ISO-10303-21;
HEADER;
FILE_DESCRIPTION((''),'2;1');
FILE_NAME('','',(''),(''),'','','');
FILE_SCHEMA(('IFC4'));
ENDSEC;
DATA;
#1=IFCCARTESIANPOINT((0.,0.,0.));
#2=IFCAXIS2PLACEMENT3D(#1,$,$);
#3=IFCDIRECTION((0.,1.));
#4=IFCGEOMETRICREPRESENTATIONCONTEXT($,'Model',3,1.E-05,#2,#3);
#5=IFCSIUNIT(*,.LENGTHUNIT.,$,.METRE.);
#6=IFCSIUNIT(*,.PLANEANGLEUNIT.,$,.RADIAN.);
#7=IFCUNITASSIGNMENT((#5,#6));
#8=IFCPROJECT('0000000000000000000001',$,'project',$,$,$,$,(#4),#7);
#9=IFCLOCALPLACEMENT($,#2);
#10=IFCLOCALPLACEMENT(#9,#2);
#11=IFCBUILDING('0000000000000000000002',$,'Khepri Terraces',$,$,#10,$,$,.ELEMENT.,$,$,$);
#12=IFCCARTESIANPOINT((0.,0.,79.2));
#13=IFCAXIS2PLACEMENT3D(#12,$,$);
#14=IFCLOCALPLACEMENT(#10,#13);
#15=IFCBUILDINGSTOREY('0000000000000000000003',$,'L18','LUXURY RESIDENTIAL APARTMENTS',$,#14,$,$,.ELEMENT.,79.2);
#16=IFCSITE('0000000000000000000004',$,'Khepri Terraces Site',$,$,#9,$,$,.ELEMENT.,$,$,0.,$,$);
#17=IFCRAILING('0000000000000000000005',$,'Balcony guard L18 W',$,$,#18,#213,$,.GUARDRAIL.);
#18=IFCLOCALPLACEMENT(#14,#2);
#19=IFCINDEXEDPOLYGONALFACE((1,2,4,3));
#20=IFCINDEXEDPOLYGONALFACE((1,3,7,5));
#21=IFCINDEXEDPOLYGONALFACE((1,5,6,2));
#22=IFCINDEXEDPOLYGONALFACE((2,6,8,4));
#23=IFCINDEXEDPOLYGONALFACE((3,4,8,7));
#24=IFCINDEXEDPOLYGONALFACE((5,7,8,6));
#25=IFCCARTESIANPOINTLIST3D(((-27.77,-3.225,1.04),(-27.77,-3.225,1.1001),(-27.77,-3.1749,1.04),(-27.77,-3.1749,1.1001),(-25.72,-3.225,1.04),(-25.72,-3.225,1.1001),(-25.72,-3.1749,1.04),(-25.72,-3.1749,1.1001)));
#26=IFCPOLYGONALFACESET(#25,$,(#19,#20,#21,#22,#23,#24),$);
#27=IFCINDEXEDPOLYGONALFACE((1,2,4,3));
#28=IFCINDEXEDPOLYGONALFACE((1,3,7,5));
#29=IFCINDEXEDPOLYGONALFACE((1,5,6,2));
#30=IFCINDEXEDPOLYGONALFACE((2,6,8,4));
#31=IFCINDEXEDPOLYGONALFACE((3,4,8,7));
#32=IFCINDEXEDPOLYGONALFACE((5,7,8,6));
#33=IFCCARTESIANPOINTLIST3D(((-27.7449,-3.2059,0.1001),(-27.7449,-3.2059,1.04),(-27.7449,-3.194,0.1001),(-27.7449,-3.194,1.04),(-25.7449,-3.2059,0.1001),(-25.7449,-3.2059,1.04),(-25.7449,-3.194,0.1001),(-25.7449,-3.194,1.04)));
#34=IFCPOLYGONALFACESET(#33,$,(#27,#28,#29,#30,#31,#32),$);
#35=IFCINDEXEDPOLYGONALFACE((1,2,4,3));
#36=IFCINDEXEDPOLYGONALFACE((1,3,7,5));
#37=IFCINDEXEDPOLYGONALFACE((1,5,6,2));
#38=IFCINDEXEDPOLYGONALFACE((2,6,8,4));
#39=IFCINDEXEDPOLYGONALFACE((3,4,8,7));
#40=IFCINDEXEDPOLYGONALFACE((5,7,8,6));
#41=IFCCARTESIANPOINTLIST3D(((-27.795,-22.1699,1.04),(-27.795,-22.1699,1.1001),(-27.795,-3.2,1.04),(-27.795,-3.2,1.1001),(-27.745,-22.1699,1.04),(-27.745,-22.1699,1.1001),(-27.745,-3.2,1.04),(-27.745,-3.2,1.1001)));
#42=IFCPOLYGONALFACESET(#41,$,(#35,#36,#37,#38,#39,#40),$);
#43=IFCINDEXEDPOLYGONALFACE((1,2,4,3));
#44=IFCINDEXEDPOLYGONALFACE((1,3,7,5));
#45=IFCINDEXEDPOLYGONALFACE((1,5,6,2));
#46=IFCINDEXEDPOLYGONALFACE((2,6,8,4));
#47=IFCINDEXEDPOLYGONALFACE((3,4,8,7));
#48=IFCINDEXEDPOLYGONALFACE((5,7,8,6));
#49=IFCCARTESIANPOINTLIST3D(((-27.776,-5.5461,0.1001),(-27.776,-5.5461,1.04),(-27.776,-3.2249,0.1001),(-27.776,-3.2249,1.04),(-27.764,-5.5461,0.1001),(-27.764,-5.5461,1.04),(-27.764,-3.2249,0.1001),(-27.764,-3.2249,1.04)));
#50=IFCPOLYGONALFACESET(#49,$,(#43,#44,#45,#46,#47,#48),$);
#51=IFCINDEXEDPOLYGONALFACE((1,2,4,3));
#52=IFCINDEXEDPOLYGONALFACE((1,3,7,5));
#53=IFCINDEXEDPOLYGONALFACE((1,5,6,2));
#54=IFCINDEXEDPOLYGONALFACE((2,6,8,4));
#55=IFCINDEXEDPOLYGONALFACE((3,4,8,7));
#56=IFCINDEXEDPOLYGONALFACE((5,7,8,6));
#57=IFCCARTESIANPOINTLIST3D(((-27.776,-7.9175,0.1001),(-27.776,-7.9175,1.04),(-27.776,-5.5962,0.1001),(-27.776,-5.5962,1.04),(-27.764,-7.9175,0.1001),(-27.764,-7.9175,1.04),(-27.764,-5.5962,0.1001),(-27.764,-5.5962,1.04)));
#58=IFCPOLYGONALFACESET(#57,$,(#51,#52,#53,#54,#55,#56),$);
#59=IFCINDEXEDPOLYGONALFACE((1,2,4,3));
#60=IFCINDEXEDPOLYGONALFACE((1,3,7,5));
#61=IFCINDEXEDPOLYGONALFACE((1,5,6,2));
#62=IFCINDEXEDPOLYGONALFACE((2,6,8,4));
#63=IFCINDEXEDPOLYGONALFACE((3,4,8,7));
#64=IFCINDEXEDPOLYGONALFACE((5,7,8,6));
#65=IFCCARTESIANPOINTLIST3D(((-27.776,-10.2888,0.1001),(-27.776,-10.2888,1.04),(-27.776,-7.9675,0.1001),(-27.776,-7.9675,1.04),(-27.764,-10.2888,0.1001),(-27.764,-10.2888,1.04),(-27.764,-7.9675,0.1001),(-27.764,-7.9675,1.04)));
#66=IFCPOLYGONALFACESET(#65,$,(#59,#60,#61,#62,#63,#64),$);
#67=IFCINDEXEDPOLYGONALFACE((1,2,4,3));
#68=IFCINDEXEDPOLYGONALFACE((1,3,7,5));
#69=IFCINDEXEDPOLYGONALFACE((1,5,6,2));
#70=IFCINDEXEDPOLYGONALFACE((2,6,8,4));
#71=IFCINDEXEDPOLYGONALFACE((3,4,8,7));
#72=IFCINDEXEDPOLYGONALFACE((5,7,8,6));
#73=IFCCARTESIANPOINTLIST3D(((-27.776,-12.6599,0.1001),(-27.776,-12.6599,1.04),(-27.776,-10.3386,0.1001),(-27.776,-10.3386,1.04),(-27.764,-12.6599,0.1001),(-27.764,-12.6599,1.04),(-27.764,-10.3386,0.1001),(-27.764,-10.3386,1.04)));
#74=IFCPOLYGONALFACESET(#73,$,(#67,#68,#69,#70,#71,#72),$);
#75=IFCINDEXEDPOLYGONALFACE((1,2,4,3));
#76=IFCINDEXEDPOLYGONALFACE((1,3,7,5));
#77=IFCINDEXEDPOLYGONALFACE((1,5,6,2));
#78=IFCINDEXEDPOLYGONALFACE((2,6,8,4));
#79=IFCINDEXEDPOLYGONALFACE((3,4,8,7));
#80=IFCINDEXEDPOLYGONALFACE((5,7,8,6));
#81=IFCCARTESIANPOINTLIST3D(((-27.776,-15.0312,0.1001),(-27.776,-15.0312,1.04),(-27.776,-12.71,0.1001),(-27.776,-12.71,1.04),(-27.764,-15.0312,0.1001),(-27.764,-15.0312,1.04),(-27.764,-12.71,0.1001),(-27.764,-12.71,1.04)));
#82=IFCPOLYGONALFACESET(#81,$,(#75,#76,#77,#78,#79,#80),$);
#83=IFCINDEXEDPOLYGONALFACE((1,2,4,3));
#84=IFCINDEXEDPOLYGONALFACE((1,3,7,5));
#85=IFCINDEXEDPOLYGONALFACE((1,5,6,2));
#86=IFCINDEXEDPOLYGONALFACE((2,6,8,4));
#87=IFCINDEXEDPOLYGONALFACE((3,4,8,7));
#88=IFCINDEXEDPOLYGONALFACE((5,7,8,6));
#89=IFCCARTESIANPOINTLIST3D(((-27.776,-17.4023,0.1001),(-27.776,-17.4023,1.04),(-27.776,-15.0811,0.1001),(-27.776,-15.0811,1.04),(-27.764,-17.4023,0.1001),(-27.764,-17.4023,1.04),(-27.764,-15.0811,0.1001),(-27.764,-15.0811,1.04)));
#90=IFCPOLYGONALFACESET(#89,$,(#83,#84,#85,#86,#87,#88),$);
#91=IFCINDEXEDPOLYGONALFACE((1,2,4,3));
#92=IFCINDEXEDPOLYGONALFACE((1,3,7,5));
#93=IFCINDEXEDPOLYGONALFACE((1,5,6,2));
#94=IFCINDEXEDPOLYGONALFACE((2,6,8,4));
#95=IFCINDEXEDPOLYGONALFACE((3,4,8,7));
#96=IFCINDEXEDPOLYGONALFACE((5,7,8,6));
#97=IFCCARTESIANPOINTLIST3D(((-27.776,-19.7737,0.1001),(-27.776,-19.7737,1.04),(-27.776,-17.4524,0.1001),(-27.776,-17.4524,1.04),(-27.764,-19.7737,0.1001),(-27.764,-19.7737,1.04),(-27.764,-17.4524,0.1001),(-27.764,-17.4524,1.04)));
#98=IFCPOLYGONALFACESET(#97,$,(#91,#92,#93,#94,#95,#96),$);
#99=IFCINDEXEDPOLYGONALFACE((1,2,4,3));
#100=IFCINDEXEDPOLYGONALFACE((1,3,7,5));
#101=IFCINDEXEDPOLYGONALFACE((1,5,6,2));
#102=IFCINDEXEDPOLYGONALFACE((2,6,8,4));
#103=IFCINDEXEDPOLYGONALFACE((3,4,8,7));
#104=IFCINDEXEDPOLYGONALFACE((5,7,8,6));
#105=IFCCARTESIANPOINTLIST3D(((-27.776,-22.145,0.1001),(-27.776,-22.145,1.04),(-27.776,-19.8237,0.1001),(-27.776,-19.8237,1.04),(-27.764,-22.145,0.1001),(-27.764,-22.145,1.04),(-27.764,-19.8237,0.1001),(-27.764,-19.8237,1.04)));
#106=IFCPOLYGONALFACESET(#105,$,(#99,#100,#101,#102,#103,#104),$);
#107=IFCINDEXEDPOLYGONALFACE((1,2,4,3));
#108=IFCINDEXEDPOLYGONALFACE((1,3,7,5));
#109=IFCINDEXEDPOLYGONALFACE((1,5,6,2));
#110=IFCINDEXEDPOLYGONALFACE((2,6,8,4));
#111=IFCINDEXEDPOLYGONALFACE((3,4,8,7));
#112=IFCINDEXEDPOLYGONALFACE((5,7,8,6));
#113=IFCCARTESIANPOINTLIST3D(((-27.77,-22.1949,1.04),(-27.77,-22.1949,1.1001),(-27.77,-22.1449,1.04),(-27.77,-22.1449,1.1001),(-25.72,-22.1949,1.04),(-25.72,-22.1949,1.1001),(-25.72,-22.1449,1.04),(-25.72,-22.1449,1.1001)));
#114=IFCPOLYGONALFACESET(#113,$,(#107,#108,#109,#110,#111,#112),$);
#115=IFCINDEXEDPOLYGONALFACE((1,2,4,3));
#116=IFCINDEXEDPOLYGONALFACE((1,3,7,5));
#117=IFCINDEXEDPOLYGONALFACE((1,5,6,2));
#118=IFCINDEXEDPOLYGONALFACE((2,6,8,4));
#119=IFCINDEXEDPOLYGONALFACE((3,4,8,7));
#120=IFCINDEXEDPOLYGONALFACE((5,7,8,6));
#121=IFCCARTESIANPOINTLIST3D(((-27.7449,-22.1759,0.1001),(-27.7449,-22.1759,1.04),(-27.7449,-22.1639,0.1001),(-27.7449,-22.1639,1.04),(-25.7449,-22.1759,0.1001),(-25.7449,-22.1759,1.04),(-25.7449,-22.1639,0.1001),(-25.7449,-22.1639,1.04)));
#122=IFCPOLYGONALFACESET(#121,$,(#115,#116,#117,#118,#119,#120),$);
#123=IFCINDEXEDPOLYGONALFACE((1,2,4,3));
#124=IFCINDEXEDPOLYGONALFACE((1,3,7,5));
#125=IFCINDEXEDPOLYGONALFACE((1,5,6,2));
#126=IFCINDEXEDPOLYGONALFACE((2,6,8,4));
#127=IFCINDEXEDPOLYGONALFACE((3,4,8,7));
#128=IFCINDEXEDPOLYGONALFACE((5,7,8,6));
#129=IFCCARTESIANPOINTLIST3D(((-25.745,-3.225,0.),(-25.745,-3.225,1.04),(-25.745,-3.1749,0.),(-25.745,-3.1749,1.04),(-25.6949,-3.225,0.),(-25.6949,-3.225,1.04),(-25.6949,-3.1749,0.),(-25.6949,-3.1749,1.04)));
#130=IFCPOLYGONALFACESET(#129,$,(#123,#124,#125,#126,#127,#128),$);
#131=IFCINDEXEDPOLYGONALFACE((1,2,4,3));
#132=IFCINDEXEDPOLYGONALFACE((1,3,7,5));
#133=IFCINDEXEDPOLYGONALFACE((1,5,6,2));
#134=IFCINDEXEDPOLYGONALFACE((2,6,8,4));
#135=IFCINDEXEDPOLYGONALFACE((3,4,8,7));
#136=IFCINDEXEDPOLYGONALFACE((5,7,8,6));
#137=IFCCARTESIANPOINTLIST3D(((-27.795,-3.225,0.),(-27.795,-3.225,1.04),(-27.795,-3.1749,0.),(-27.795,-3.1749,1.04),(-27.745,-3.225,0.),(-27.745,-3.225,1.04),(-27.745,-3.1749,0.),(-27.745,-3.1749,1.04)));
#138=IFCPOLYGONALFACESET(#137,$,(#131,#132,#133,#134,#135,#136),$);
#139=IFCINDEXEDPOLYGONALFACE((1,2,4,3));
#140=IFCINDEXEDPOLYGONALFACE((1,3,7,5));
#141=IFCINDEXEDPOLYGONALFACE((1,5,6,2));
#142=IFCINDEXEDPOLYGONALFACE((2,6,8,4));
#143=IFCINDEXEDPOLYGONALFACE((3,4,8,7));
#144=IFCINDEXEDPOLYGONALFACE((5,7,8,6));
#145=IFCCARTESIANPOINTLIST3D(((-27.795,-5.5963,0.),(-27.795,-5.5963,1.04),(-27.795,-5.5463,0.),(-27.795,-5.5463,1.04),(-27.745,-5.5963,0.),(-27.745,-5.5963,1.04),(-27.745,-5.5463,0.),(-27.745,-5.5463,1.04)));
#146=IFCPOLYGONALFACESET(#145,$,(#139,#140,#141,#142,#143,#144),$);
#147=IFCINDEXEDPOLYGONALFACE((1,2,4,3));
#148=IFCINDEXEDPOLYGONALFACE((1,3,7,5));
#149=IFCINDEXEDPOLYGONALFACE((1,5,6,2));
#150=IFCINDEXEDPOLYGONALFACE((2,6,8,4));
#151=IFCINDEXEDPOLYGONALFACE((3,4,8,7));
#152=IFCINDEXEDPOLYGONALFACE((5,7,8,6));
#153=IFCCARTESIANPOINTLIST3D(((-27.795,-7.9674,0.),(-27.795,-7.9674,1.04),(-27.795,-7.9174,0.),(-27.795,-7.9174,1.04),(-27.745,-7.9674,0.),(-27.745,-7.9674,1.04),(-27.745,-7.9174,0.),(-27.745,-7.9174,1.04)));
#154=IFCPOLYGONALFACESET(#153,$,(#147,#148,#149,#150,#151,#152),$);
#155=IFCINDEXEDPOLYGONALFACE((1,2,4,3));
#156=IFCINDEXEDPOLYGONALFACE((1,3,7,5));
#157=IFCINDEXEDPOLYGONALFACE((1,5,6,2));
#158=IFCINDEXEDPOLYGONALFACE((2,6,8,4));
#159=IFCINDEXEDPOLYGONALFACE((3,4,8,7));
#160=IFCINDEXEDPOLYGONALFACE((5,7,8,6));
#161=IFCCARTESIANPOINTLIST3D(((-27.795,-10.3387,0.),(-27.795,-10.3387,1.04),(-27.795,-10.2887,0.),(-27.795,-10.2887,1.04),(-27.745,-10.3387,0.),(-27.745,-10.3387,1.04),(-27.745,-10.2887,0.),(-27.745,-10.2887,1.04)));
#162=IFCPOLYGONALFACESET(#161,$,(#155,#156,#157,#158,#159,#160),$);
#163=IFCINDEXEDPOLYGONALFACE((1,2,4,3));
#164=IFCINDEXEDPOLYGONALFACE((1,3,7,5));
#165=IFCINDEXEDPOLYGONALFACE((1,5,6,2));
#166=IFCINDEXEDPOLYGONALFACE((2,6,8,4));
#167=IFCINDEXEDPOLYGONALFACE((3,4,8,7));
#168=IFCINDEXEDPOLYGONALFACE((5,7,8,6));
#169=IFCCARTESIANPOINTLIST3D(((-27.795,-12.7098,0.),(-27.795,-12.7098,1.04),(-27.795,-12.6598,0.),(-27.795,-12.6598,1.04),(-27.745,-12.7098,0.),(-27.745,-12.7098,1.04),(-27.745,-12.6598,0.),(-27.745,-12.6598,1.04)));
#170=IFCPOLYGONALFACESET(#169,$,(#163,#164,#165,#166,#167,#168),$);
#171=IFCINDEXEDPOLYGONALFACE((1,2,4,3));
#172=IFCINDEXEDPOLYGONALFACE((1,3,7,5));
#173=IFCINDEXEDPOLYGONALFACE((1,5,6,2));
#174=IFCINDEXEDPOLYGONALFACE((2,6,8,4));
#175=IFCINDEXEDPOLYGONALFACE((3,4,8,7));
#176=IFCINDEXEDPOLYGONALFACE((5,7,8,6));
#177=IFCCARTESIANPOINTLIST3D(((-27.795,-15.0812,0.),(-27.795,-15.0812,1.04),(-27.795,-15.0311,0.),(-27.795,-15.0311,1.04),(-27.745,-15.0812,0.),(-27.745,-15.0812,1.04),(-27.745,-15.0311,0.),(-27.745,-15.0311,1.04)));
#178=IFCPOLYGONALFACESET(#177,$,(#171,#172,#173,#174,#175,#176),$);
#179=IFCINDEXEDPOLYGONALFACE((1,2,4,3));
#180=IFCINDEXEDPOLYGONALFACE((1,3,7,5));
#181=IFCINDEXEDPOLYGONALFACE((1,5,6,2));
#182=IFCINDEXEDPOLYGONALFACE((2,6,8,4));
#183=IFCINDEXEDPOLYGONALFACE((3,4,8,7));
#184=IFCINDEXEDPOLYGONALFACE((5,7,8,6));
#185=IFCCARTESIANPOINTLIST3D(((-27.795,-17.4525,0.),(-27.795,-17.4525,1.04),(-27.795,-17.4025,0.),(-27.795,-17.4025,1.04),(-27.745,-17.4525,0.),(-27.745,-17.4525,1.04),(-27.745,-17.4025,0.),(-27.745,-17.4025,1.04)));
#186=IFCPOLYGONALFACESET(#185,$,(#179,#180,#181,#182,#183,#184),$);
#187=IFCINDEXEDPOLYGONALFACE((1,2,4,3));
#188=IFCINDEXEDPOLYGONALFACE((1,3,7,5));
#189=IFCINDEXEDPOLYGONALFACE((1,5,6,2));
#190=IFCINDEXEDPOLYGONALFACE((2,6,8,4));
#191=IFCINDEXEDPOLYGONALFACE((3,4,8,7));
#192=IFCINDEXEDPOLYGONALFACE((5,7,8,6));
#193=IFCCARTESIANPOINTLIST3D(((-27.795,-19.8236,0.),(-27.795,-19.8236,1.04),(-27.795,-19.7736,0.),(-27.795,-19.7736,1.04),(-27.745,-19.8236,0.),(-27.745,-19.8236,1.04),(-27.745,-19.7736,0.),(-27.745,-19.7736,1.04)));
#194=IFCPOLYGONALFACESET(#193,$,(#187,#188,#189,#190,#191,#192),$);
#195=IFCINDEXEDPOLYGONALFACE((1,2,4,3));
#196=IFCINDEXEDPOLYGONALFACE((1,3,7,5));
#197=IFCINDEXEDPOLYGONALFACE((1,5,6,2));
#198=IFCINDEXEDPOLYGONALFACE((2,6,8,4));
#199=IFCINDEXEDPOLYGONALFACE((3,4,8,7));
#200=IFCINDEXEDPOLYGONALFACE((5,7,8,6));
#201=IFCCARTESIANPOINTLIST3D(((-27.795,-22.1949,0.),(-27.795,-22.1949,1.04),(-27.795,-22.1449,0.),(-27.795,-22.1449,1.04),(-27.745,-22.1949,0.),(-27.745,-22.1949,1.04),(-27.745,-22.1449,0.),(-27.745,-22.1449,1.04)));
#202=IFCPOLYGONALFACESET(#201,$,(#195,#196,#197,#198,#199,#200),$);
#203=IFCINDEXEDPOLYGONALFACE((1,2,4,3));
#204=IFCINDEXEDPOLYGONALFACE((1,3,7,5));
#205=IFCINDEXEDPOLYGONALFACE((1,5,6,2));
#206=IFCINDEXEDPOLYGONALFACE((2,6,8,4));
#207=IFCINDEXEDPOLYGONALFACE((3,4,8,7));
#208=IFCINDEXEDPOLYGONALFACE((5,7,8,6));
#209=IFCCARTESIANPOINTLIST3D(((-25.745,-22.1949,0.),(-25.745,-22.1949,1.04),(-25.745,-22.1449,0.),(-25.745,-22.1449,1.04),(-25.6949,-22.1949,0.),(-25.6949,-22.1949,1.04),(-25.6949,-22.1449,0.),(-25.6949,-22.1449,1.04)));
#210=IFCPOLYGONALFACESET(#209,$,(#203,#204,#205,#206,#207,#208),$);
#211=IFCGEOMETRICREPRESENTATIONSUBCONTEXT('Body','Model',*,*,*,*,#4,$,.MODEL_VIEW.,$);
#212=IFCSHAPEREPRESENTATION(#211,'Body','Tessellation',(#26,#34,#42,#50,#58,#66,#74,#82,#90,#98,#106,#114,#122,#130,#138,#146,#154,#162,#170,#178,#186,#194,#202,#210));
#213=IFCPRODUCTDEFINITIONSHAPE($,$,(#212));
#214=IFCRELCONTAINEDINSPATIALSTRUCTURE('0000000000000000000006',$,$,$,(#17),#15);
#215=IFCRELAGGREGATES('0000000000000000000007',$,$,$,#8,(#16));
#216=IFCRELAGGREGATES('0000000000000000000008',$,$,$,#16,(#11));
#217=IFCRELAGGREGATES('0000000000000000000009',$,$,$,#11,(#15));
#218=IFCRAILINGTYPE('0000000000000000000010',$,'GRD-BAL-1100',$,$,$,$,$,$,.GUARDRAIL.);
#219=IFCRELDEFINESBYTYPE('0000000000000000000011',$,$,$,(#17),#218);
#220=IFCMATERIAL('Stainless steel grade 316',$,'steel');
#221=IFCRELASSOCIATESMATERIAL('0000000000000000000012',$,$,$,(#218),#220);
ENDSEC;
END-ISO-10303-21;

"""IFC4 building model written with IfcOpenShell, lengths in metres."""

from ifc_helpers import new_model, si_unit, direction, frame, origin, origin_2d, place, context, subcontext, project, spatial, rectangle, extrude, material, type_object, element, save


model = new_model("IFC4")

# Units and contexts
model_context = context("Model", 3, precision=1e-05, world=origin(), true_north=direction((0.0, 1.0)))
body_context = subcontext(model_context, "Body", "Model", "MODEL_VIEW")
ifc_project = project(units=[si_unit("LENGTHUNIT", "METRE"), si_unit("PLANEANGLEUNIT", "RADIAN")], contexts=[model_context])

# Site, building, storey
site_placement = place(None, origin())
site = spatial("IfcSite", under=ifc_project, at=site_placement, Name="Khepri Terraces Site", CompositionType="ELEMENT", RefElevation=0.0)
building_placement = place(site_placement, origin())
building = spatial("IfcBuilding", under=site, at=building_placement, Name="Khepri Terraces", CompositionType="ELEMENT")
storey_placement = place(building_placement, frame((0.0, 0.0, 79.2)))
storey = spatial("IfcBuildingStorey", under=building, at=storey_placement, Name="L18", Description="LUXURY RESIDENTIAL APARTMENTS", CompositionType="ELEMENT", Elevation=79.2)

# Railing
ifc_material_1 = material(Name="Stainless steel grade 316", Category="steel")
railing_type_1 = type_object("IfcRailingType", Name="GRD-BAL-1100", PredefinedType="GUARDRAIL", material=ifc_material_1)
railing_1_placement = place(storey_placement, frame((-25.72, -3.2, 0.0)))
element("IfcRailing", 1, at=railing_1_placement, inside=storey, type_object=railing_type_1, Name="Balcony guard L18 W", PredefinedType="GUARDRAIL", context=body_context, shape_type="SweptSolid", body=[
    extrude(rectangle(XDim=0.05, YDim=0.0601, at=origin_2d()), frame((0.0, 0.0, 1.0701), z_axis=(-1.0, 0.0, 0.0), x_axis=(0.0, -1.0, 0.0)), (0.0, 0.0, 1.0), 2.05),
    extrude(rectangle(XDim=2.0, YDim=0.012, at=origin_2d()), frame((-1.0249, 0.0, 0.1001), z_axis=(0.0, 0.0, 1.0), x_axis=(-1.0, 0.0, 0.0)), (0.0, 0.0, 1.0), 0.9399),
    extrude(rectangle(XDim=0.05, YDim=0.0601, at=origin_2d()), frame((-2.05, 0.0, 1.0701), z_axis=(0.0, -1.0, 0.0), x_axis=(1.0, 0.0, 0.0)), (0.0, 0.0, 1.0), 18.97),
    extrude(rectangle(XDim=2.3213, YDim=0.012, at=origin_2d()), frame((-2.05, -1.1855, 0.1001), z_axis=(0.0, 0.0, 1.0), x_axis=(0.0, -1.0, 0.0)), (0.0, 0.0, 1.0), 0.9399),
    extrude(rectangle(XDim=2.3213, YDim=0.012, at=origin_2d()), frame((-2.05, -3.5569, 0.1001), z_axis=(0.0, 0.0, 1.0), x_axis=(0.0, -1.0, 0.0)), (0.0, 0.0, 1.0), 0.9399),
    extrude(rectangle(XDim=2.3213, YDim=0.012, at=origin_2d()), frame((-2.05, -5.9282, 0.1001), z_axis=(0.0, 0.0, 1.0), x_axis=(0.0, -1.0, 0.0)), (0.0, 0.0, 1.0), 0.9399),
    extrude(rectangle(XDim=2.3213, YDim=0.012, at=origin_2d()), frame((-2.05, -8.2993, 0.1001), z_axis=(0.0, 0.0, 1.0), x_axis=(0.0, -1.0, 0.0)), (0.0, 0.0, 1.0), 0.9399),
    extrude(rectangle(XDim=2.3213, YDim=0.012, at=origin_2d()), frame((-2.05, -10.6707, 0.1001), z_axis=(0.0, 0.0, 1.0), x_axis=(0.0, -1.0, 0.0)), (0.0, 0.0, 1.0), 0.9399),
    extrude(rectangle(XDim=2.3213, YDim=0.012, at=origin_2d()), frame((-2.05, -13.0417, 0.1001), z_axis=(0.0, 0.0, 1.0), x_axis=(0.0, -1.0, 0.0)), (0.0, 0.0, 1.0), 0.9399),
    extrude(rectangle(XDim=2.3213, YDim=0.012, at=origin_2d()), frame((-2.05, -15.4131, 0.1001), z_axis=(0.0, 0.0, 1.0), x_axis=(0.0, -1.0, 0.0)), (0.0, 0.0, 1.0), 0.9399),
    extrude(rectangle(XDim=2.3213, YDim=0.012, at=origin_2d()), frame((-2.05, -17.7844, 0.1001), z_axis=(0.0, 0.0, 1.0), x_axis=(0.0, -1.0, 0.0)), (0.0, 0.0, 1.0), 0.9399),
    extrude(rectangle(XDim=0.05, YDim=0.0601, at=origin_2d()), frame((-2.05, -18.97, 1.0701), z_axis=(1.0, 0.0, 0.0), x_axis=(0.0, 1.0, 0.0)), (0.0, 0.0, 1.0), 2.05),
    extrude(rectangle(XDim=2.0, YDim=0.012, at=origin_2d()), frame((-1.0249, -18.97, 0.1001), z_axis=(0.0, 0.0, 1.0), x_axis=(1.0, 0.0, 0.0)), (0.0, 0.0, 1.0), 0.9399),
    extrude(rectangle(XDim=0.05, YDim=0.05, at=origin_2d()), origin(), (0.0, 0.0, 1.0), 1.04),
    extrude(rectangle(XDim=0.05, YDim=0.05, at=origin_2d()), frame((-2.05, 0.0, 0.0)), (0.0, 0.0, 1.0), 1.04),
    extrude(rectangle(XDim=0.05, YDim=0.05, at=origin_2d()), frame((-2.05, -2.3713, 0.0)), (0.0, 0.0, 1.0), 1.04),
    extrude(rectangle(XDim=0.05, YDim=0.05, at=origin_2d()), frame((-2.05, -4.7424, 0.0)), (0.0, 0.0, 1.0), 1.04),
    extrude(rectangle(XDim=0.05, YDim=0.05, at=origin_2d()), frame((-2.05, -7.1138, 0.0)), (0.0, 0.0, 1.0), 1.04),
    extrude(rectangle(XDim=0.05, YDim=0.05, at=origin_2d()), frame((-2.05, -9.4849, 0.0)), (0.0, 0.0, 1.0), 1.04),
    extrude(rectangle(XDim=0.05, YDim=0.05, at=origin_2d()), frame((-2.05, -11.8562, 0.0)), (0.0, 0.0, 1.0), 1.04),
    extrude(rectangle(XDim=0.05, YDim=0.05, at=origin_2d()), frame((-2.05, -14.2275, 0.0)), (0.0, 0.0, 1.0), 1.04),
    extrude(rectangle(XDim=0.05, YDim=0.05, at=origin_2d()), frame((-2.05, -16.5986, 0.0)), (0.0, 0.0, 1.0), 1.04),
    extrude(rectangle(XDim=0.05, YDim=0.05, at=origin_2d()), frame((-2.05, -18.97, 0.0)), (0.0, 0.0, 1.0), 1.04),
    extrude(rectangle(XDim=0.05, YDim=0.05, at=origin_2d()), frame((0.0, -18.97, 0.0)), (0.0, 0.0, 1.0), 1.04),
])

save(model, "model.ifc")
